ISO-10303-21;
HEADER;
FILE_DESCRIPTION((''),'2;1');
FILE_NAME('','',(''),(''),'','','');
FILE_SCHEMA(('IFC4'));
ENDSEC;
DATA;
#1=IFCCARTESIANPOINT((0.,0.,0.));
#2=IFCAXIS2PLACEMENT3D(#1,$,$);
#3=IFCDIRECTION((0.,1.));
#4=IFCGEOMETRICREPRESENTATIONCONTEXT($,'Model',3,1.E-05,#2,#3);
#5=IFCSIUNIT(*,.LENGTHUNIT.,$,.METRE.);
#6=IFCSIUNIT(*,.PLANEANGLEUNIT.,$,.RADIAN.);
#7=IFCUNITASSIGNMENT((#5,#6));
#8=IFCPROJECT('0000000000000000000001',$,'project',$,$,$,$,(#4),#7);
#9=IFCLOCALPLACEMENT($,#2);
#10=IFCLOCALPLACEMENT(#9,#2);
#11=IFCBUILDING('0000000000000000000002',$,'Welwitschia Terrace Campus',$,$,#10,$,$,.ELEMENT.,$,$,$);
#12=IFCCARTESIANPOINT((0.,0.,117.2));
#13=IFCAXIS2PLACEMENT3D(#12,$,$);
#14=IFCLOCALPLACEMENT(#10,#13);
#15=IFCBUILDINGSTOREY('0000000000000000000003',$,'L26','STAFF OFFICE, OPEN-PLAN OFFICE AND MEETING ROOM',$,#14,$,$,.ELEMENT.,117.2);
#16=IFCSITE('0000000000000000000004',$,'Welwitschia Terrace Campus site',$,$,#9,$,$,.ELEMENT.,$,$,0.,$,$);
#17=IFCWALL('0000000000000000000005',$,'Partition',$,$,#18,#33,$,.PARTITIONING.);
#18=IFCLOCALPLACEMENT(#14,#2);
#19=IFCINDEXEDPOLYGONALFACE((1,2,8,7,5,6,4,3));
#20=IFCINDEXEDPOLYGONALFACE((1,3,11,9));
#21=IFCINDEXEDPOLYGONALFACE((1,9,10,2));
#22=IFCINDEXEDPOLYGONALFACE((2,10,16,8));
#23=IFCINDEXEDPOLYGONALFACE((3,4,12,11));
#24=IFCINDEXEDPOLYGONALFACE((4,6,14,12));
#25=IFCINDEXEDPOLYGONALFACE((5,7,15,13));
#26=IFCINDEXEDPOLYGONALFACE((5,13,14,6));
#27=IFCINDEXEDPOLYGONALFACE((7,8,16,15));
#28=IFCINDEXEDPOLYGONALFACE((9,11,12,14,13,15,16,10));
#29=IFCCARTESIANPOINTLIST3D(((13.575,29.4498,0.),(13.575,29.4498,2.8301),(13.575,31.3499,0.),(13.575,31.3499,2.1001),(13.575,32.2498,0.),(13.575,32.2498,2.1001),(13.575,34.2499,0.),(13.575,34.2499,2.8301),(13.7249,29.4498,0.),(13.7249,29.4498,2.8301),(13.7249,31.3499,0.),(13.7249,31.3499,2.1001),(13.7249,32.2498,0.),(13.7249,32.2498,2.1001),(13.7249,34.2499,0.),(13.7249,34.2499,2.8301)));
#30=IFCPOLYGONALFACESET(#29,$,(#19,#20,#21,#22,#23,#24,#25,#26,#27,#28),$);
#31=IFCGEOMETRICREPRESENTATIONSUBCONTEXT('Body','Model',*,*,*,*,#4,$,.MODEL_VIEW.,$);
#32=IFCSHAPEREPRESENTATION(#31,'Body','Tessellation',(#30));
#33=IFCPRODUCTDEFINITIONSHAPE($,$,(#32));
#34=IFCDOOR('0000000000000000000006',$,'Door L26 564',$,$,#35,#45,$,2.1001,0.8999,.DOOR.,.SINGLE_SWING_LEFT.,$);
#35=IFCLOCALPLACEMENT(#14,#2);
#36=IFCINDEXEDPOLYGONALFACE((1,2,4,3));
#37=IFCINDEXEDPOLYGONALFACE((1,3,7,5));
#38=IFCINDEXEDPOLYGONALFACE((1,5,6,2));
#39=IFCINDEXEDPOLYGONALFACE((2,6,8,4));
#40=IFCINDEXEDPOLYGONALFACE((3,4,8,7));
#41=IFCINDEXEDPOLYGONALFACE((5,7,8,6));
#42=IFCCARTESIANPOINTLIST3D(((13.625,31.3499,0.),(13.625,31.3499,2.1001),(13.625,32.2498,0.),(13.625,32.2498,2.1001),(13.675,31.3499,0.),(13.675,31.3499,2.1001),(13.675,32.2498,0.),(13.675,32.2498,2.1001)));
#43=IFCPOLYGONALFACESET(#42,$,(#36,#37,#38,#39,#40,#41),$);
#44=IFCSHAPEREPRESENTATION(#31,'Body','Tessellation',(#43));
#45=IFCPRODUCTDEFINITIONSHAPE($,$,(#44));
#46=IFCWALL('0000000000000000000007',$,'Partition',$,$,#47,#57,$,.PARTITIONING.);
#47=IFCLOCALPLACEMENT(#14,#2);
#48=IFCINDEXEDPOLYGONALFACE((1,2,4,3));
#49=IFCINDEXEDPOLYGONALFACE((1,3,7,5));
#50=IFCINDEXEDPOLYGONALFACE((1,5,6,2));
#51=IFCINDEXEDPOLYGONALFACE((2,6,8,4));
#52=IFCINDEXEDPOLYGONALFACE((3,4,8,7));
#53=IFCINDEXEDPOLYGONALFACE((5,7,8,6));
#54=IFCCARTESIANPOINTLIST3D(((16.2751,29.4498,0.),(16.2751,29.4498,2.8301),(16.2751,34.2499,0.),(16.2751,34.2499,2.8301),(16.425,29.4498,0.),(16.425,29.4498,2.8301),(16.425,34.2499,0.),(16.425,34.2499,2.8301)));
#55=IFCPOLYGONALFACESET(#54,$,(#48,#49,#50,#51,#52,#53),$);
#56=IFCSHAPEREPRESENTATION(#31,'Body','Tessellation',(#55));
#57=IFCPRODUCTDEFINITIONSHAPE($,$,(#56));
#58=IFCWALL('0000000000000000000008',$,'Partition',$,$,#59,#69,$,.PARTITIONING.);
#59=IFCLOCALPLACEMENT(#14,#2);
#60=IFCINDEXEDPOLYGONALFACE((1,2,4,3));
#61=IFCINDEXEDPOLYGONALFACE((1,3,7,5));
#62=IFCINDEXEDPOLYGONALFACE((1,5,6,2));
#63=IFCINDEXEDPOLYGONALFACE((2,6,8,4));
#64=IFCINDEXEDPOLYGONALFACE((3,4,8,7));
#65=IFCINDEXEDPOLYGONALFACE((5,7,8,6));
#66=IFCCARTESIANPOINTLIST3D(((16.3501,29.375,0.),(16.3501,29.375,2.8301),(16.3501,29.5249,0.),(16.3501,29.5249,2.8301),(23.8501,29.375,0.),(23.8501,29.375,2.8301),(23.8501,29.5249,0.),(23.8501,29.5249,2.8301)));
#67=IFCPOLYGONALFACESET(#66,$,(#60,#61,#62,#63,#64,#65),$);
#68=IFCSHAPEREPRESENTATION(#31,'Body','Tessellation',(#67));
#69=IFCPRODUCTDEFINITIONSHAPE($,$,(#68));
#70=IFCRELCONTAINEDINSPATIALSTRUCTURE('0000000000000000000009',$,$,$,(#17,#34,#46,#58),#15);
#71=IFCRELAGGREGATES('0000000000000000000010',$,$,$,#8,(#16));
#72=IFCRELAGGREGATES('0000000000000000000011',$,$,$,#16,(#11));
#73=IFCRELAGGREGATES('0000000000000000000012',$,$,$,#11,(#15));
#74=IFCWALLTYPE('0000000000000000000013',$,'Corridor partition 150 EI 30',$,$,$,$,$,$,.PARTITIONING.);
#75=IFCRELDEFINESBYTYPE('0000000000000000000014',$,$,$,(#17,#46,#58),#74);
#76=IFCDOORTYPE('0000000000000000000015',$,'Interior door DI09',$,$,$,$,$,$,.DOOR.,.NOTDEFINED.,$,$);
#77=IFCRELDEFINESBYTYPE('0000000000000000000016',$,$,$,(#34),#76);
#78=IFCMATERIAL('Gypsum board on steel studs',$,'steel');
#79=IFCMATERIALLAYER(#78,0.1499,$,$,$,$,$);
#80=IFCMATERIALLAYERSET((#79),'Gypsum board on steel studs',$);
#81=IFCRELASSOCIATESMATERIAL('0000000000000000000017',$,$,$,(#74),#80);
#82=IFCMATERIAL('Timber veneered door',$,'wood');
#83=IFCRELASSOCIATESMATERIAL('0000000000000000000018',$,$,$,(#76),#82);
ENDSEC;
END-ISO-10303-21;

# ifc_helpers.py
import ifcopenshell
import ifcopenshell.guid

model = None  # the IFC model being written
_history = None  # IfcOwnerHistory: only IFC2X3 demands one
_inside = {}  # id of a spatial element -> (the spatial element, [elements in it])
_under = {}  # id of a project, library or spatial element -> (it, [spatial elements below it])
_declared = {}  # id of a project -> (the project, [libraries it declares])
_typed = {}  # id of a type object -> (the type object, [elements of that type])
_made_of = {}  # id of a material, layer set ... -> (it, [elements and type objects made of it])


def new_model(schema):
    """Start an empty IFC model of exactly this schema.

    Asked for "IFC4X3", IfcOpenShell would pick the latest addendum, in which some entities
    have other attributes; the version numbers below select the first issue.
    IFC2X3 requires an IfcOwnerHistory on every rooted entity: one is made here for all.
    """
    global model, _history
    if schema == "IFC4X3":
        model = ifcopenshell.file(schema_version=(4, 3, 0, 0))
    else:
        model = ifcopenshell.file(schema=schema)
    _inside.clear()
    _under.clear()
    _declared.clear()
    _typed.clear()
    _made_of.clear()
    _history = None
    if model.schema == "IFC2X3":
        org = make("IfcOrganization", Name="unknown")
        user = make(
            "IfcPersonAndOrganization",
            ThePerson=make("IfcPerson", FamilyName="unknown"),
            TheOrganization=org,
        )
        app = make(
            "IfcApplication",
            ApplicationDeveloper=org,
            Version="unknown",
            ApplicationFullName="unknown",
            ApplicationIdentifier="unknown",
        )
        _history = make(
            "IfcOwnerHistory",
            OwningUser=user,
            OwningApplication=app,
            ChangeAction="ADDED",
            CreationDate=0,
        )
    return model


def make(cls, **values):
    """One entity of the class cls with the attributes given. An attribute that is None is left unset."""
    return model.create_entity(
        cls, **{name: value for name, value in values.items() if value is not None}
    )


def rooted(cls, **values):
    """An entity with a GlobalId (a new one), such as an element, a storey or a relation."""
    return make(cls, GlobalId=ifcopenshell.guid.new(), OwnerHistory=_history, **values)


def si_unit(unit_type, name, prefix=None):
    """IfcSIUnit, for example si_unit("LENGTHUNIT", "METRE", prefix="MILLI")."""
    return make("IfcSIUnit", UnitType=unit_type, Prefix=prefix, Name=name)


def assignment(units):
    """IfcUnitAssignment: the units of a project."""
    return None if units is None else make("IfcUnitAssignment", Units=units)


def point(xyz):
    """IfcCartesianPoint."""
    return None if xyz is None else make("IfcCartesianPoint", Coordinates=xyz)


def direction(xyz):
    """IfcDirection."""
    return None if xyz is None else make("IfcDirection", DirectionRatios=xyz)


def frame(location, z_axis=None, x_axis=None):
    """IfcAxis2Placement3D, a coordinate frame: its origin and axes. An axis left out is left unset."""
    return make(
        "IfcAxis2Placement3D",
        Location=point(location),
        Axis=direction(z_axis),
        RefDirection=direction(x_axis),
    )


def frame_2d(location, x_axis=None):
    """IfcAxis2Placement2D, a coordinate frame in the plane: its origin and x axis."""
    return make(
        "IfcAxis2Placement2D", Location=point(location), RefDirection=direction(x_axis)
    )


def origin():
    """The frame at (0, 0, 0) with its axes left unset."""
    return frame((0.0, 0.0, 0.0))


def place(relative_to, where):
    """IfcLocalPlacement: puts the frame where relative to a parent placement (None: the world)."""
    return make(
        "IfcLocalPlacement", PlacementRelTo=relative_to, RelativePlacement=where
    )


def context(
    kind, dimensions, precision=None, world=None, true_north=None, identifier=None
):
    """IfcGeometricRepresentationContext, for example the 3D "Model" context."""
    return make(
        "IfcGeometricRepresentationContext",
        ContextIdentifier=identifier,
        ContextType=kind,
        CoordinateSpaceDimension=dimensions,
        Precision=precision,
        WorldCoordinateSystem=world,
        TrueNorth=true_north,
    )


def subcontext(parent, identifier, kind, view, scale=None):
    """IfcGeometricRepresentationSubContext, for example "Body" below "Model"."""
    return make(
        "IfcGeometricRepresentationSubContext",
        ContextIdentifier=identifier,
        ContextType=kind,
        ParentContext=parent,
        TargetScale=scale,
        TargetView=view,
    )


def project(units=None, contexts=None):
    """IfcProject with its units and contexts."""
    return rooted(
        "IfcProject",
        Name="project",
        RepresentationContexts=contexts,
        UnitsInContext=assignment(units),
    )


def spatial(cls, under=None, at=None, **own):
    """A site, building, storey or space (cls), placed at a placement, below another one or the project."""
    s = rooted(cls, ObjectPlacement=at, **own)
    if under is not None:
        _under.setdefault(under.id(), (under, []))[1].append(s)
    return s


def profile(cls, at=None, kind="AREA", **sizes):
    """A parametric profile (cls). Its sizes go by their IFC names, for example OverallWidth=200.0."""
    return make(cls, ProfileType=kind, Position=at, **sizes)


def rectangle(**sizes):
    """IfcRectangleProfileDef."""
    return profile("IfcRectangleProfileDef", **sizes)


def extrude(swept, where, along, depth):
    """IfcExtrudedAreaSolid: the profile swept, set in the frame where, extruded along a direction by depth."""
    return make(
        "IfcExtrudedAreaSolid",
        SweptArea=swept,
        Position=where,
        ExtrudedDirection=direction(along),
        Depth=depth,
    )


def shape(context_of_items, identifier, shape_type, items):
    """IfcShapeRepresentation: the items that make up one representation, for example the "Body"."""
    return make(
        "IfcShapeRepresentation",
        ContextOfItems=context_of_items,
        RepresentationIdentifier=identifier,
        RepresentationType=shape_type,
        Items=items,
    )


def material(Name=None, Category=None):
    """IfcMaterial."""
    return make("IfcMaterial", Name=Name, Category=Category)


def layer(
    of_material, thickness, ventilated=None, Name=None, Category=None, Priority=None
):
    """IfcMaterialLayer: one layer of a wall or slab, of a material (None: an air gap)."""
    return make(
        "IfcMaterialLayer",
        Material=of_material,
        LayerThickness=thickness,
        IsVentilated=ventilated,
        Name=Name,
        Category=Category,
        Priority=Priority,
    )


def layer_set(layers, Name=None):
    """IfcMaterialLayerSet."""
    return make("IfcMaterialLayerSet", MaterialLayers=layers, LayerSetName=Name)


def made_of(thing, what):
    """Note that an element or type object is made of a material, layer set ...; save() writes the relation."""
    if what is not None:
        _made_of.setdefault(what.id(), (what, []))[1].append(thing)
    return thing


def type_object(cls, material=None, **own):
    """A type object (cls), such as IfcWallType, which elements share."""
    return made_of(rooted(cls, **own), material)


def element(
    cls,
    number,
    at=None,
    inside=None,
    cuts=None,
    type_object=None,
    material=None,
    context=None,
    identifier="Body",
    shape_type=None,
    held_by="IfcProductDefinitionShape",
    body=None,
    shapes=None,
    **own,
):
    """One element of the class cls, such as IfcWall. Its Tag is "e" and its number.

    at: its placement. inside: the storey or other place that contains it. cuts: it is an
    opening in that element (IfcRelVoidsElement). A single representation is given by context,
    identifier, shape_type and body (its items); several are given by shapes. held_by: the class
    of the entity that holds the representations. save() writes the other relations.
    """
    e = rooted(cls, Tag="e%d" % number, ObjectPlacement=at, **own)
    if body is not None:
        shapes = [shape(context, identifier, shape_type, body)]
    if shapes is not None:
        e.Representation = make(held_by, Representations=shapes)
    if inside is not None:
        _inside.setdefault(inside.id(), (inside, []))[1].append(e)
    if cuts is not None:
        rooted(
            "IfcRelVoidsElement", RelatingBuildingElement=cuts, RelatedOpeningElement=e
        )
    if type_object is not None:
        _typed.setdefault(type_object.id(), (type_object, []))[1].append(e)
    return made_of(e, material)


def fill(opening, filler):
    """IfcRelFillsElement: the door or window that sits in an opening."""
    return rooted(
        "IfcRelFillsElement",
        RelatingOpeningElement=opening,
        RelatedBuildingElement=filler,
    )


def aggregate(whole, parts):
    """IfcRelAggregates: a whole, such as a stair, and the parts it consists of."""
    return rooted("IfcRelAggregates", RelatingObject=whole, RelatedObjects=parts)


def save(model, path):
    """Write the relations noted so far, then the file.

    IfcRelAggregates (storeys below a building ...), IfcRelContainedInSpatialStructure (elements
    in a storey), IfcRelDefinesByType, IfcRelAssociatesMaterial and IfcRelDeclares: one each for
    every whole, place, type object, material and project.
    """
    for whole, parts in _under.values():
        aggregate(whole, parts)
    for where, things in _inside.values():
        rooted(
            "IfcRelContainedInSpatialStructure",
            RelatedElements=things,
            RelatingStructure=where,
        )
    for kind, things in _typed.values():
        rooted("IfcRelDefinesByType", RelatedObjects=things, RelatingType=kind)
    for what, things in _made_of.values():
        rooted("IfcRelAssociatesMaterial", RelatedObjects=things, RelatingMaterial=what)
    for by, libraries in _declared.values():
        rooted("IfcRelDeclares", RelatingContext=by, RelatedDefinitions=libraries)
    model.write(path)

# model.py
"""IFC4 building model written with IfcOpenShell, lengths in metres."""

from ifc_helpers import new_model, si_unit, direction, frame, frame_2d, origin, place, context, subcontext, project, spatial, rectangle, extrude, material, layer, layer_set, type_object, element, fill, save


model = new_model("IFC4")

# Units and contexts
model_context = context("Model", 3, precision=1e-05, world=origin(), true_north=direction((0.0, 1.0)))
body_context = subcontext(model_context, "Body", "Model", "MODEL_VIEW")
ifc_project = project(units=[si_unit("LENGTHUNIT", "METRE"), si_unit("PLANEANGLEUNIT", "RADIAN")], contexts=[model_context])

# Site, building, storey
site_placement = place(None, origin())
site = spatial("IfcSite", under=ifc_project, at=site_placement, Name="Welwitschia Terrace Campus site", CompositionType="ELEMENT", RefElevation=0.0)
building_placement = place(site_placement, origin())
building = spatial("IfcBuilding", under=site, at=building_placement, Name="Welwitschia Terrace Campus", CompositionType="ELEMENT")
storey_placement = place(building_placement, frame((0.0, 0.0, 117.2)))
storey = spatial("IfcBuildingStorey", under=building, at=storey_placement, Name="L26", Description="STAFF OFFICE, OPEN-PLAN OFFICE AND MEETING ROOM", CompositionType="ELEMENT", Elevation=117.2)

# Shared definitions
ifc_material_1 = material(Name="Gypsum board on steel studs", Category="steel")
ifc_layer_1 = layer(ifc_material_1, 0.1499)
ifc_layer_set_1 = layer_set([ifc_layer_1], Name="Gypsum board on steel studs")
wall_type_1 = type_object("IfcWallType", Name="Corridor partition 150 EI 30", PredefinedType="PARTITIONING", material=ifc_layer_set_1)

# Shared definitions
ifc_material_2 = material(Name="Timber veneered door", Category="wood")
door_type = type_object("IfcDoorType", Name="Interior door DI09", OperationType="NOTDEFINED", PredefinedType="DOOR", material=ifc_material_2)

# Wall, opening, door
wall_1_placement = place(storey_placement, frame((13.6499, 29.45, 0.0), z_axis=(0.0, 0.0, 1.0), x_axis=(0.0, 1.0, 0.0)))
wall_1 = element("IfcWall", 1, at=wall_1_placement, inside=storey, type_object=wall_type_1, Name="Partition", PredefinedType="PARTITIONING", context=body_context, shape_type="SweptSolid", body=[
    extrude(rectangle(XDim=4.8, YDim=0.1499, at=frame_2d((2.3999, 0.0))), origin(), (0.0, 0.0, 1.0), 2.8301),
])
opening_1_placement = place(wall_1_placement, frame((1.8999, 0.0, 0.0)))
opening_1 = element("IfcOpeningElement", 2, at=opening_1_placement, cuts=wall_1, PredefinedType="OPENING", context=body_context, shape_type="SweptSolid", body=[
    extrude(rectangle(XDim=0.8999, YDim=2.1001, at=frame_2d((0.45, 1.05))), frame((0.0, 0.085, 0.0), z_axis=(0.0, -1.0, 0.0), x_axis=(1.0, 0.0, 0.0)), (0.0, 0.0, 1.0), 0.1699),
])
door_1_placement = place(opening_1_placement, origin())
door_1 = element("IfcDoor", 3, at=door_1_placement, inside=storey, type_object=door_type, Name="Door L26 564", OperationType="SINGLE_SWING_LEFT", OverallHeight=2.1001, OverallWidth=0.8999, PredefinedType="DOOR", context=body_context, shape_type="SweptSolid", body=[
    extrude(rectangle(XDim=0.8999, YDim=2.1001, at=frame_2d((0.45, 1.05))), frame((0.0, 0.0249, 0.0), z_axis=(0.0, -1.0, 0.0), x_axis=(1.0, 0.0, 0.0)), (0.0, 0.0, 1.0), 0.05),
])
fill(opening_1, door_1)

# Walls
wall_2_placement = place(storey_placement, frame((16.3501, 29.45, 0.0), z_axis=(0.0, 0.0, 1.0), x_axis=(0.0, 1.0, 0.0)))
element("IfcWall", 4, at=wall_2_placement, inside=storey, type_object=wall_type_1, Name="Partition", PredefinedType="PARTITIONING", context=body_context, shape_type="SweptSolid", body=[
    extrude(rectangle(XDim=4.8, YDim=0.1499, at=frame_2d((2.3999, 0.0))), origin(), (0.0, 0.0, 1.0), 2.8301),
])
wall_3_placement = place(storey_placement, frame((16.3501, 29.45, 0.0), z_axis=(0.0, 0.0, 1.0), x_axis=(1.0, 0.0, 0.0)))
element("IfcWall", 5, at=wall_3_placement, inside=storey, type_object=wall_type_1, Name="Partition", PredefinedType="PARTITIONING", context=body_context, shape_type="SweptSolid", body=[
    extrude(rectangle(XDim=7.5, YDim=0.1499, at=frame_2d((3.75, 0.0))), origin(), (0.0, 0.0, 1.0), 2.8301),
])

save(model, "model.ifc")
